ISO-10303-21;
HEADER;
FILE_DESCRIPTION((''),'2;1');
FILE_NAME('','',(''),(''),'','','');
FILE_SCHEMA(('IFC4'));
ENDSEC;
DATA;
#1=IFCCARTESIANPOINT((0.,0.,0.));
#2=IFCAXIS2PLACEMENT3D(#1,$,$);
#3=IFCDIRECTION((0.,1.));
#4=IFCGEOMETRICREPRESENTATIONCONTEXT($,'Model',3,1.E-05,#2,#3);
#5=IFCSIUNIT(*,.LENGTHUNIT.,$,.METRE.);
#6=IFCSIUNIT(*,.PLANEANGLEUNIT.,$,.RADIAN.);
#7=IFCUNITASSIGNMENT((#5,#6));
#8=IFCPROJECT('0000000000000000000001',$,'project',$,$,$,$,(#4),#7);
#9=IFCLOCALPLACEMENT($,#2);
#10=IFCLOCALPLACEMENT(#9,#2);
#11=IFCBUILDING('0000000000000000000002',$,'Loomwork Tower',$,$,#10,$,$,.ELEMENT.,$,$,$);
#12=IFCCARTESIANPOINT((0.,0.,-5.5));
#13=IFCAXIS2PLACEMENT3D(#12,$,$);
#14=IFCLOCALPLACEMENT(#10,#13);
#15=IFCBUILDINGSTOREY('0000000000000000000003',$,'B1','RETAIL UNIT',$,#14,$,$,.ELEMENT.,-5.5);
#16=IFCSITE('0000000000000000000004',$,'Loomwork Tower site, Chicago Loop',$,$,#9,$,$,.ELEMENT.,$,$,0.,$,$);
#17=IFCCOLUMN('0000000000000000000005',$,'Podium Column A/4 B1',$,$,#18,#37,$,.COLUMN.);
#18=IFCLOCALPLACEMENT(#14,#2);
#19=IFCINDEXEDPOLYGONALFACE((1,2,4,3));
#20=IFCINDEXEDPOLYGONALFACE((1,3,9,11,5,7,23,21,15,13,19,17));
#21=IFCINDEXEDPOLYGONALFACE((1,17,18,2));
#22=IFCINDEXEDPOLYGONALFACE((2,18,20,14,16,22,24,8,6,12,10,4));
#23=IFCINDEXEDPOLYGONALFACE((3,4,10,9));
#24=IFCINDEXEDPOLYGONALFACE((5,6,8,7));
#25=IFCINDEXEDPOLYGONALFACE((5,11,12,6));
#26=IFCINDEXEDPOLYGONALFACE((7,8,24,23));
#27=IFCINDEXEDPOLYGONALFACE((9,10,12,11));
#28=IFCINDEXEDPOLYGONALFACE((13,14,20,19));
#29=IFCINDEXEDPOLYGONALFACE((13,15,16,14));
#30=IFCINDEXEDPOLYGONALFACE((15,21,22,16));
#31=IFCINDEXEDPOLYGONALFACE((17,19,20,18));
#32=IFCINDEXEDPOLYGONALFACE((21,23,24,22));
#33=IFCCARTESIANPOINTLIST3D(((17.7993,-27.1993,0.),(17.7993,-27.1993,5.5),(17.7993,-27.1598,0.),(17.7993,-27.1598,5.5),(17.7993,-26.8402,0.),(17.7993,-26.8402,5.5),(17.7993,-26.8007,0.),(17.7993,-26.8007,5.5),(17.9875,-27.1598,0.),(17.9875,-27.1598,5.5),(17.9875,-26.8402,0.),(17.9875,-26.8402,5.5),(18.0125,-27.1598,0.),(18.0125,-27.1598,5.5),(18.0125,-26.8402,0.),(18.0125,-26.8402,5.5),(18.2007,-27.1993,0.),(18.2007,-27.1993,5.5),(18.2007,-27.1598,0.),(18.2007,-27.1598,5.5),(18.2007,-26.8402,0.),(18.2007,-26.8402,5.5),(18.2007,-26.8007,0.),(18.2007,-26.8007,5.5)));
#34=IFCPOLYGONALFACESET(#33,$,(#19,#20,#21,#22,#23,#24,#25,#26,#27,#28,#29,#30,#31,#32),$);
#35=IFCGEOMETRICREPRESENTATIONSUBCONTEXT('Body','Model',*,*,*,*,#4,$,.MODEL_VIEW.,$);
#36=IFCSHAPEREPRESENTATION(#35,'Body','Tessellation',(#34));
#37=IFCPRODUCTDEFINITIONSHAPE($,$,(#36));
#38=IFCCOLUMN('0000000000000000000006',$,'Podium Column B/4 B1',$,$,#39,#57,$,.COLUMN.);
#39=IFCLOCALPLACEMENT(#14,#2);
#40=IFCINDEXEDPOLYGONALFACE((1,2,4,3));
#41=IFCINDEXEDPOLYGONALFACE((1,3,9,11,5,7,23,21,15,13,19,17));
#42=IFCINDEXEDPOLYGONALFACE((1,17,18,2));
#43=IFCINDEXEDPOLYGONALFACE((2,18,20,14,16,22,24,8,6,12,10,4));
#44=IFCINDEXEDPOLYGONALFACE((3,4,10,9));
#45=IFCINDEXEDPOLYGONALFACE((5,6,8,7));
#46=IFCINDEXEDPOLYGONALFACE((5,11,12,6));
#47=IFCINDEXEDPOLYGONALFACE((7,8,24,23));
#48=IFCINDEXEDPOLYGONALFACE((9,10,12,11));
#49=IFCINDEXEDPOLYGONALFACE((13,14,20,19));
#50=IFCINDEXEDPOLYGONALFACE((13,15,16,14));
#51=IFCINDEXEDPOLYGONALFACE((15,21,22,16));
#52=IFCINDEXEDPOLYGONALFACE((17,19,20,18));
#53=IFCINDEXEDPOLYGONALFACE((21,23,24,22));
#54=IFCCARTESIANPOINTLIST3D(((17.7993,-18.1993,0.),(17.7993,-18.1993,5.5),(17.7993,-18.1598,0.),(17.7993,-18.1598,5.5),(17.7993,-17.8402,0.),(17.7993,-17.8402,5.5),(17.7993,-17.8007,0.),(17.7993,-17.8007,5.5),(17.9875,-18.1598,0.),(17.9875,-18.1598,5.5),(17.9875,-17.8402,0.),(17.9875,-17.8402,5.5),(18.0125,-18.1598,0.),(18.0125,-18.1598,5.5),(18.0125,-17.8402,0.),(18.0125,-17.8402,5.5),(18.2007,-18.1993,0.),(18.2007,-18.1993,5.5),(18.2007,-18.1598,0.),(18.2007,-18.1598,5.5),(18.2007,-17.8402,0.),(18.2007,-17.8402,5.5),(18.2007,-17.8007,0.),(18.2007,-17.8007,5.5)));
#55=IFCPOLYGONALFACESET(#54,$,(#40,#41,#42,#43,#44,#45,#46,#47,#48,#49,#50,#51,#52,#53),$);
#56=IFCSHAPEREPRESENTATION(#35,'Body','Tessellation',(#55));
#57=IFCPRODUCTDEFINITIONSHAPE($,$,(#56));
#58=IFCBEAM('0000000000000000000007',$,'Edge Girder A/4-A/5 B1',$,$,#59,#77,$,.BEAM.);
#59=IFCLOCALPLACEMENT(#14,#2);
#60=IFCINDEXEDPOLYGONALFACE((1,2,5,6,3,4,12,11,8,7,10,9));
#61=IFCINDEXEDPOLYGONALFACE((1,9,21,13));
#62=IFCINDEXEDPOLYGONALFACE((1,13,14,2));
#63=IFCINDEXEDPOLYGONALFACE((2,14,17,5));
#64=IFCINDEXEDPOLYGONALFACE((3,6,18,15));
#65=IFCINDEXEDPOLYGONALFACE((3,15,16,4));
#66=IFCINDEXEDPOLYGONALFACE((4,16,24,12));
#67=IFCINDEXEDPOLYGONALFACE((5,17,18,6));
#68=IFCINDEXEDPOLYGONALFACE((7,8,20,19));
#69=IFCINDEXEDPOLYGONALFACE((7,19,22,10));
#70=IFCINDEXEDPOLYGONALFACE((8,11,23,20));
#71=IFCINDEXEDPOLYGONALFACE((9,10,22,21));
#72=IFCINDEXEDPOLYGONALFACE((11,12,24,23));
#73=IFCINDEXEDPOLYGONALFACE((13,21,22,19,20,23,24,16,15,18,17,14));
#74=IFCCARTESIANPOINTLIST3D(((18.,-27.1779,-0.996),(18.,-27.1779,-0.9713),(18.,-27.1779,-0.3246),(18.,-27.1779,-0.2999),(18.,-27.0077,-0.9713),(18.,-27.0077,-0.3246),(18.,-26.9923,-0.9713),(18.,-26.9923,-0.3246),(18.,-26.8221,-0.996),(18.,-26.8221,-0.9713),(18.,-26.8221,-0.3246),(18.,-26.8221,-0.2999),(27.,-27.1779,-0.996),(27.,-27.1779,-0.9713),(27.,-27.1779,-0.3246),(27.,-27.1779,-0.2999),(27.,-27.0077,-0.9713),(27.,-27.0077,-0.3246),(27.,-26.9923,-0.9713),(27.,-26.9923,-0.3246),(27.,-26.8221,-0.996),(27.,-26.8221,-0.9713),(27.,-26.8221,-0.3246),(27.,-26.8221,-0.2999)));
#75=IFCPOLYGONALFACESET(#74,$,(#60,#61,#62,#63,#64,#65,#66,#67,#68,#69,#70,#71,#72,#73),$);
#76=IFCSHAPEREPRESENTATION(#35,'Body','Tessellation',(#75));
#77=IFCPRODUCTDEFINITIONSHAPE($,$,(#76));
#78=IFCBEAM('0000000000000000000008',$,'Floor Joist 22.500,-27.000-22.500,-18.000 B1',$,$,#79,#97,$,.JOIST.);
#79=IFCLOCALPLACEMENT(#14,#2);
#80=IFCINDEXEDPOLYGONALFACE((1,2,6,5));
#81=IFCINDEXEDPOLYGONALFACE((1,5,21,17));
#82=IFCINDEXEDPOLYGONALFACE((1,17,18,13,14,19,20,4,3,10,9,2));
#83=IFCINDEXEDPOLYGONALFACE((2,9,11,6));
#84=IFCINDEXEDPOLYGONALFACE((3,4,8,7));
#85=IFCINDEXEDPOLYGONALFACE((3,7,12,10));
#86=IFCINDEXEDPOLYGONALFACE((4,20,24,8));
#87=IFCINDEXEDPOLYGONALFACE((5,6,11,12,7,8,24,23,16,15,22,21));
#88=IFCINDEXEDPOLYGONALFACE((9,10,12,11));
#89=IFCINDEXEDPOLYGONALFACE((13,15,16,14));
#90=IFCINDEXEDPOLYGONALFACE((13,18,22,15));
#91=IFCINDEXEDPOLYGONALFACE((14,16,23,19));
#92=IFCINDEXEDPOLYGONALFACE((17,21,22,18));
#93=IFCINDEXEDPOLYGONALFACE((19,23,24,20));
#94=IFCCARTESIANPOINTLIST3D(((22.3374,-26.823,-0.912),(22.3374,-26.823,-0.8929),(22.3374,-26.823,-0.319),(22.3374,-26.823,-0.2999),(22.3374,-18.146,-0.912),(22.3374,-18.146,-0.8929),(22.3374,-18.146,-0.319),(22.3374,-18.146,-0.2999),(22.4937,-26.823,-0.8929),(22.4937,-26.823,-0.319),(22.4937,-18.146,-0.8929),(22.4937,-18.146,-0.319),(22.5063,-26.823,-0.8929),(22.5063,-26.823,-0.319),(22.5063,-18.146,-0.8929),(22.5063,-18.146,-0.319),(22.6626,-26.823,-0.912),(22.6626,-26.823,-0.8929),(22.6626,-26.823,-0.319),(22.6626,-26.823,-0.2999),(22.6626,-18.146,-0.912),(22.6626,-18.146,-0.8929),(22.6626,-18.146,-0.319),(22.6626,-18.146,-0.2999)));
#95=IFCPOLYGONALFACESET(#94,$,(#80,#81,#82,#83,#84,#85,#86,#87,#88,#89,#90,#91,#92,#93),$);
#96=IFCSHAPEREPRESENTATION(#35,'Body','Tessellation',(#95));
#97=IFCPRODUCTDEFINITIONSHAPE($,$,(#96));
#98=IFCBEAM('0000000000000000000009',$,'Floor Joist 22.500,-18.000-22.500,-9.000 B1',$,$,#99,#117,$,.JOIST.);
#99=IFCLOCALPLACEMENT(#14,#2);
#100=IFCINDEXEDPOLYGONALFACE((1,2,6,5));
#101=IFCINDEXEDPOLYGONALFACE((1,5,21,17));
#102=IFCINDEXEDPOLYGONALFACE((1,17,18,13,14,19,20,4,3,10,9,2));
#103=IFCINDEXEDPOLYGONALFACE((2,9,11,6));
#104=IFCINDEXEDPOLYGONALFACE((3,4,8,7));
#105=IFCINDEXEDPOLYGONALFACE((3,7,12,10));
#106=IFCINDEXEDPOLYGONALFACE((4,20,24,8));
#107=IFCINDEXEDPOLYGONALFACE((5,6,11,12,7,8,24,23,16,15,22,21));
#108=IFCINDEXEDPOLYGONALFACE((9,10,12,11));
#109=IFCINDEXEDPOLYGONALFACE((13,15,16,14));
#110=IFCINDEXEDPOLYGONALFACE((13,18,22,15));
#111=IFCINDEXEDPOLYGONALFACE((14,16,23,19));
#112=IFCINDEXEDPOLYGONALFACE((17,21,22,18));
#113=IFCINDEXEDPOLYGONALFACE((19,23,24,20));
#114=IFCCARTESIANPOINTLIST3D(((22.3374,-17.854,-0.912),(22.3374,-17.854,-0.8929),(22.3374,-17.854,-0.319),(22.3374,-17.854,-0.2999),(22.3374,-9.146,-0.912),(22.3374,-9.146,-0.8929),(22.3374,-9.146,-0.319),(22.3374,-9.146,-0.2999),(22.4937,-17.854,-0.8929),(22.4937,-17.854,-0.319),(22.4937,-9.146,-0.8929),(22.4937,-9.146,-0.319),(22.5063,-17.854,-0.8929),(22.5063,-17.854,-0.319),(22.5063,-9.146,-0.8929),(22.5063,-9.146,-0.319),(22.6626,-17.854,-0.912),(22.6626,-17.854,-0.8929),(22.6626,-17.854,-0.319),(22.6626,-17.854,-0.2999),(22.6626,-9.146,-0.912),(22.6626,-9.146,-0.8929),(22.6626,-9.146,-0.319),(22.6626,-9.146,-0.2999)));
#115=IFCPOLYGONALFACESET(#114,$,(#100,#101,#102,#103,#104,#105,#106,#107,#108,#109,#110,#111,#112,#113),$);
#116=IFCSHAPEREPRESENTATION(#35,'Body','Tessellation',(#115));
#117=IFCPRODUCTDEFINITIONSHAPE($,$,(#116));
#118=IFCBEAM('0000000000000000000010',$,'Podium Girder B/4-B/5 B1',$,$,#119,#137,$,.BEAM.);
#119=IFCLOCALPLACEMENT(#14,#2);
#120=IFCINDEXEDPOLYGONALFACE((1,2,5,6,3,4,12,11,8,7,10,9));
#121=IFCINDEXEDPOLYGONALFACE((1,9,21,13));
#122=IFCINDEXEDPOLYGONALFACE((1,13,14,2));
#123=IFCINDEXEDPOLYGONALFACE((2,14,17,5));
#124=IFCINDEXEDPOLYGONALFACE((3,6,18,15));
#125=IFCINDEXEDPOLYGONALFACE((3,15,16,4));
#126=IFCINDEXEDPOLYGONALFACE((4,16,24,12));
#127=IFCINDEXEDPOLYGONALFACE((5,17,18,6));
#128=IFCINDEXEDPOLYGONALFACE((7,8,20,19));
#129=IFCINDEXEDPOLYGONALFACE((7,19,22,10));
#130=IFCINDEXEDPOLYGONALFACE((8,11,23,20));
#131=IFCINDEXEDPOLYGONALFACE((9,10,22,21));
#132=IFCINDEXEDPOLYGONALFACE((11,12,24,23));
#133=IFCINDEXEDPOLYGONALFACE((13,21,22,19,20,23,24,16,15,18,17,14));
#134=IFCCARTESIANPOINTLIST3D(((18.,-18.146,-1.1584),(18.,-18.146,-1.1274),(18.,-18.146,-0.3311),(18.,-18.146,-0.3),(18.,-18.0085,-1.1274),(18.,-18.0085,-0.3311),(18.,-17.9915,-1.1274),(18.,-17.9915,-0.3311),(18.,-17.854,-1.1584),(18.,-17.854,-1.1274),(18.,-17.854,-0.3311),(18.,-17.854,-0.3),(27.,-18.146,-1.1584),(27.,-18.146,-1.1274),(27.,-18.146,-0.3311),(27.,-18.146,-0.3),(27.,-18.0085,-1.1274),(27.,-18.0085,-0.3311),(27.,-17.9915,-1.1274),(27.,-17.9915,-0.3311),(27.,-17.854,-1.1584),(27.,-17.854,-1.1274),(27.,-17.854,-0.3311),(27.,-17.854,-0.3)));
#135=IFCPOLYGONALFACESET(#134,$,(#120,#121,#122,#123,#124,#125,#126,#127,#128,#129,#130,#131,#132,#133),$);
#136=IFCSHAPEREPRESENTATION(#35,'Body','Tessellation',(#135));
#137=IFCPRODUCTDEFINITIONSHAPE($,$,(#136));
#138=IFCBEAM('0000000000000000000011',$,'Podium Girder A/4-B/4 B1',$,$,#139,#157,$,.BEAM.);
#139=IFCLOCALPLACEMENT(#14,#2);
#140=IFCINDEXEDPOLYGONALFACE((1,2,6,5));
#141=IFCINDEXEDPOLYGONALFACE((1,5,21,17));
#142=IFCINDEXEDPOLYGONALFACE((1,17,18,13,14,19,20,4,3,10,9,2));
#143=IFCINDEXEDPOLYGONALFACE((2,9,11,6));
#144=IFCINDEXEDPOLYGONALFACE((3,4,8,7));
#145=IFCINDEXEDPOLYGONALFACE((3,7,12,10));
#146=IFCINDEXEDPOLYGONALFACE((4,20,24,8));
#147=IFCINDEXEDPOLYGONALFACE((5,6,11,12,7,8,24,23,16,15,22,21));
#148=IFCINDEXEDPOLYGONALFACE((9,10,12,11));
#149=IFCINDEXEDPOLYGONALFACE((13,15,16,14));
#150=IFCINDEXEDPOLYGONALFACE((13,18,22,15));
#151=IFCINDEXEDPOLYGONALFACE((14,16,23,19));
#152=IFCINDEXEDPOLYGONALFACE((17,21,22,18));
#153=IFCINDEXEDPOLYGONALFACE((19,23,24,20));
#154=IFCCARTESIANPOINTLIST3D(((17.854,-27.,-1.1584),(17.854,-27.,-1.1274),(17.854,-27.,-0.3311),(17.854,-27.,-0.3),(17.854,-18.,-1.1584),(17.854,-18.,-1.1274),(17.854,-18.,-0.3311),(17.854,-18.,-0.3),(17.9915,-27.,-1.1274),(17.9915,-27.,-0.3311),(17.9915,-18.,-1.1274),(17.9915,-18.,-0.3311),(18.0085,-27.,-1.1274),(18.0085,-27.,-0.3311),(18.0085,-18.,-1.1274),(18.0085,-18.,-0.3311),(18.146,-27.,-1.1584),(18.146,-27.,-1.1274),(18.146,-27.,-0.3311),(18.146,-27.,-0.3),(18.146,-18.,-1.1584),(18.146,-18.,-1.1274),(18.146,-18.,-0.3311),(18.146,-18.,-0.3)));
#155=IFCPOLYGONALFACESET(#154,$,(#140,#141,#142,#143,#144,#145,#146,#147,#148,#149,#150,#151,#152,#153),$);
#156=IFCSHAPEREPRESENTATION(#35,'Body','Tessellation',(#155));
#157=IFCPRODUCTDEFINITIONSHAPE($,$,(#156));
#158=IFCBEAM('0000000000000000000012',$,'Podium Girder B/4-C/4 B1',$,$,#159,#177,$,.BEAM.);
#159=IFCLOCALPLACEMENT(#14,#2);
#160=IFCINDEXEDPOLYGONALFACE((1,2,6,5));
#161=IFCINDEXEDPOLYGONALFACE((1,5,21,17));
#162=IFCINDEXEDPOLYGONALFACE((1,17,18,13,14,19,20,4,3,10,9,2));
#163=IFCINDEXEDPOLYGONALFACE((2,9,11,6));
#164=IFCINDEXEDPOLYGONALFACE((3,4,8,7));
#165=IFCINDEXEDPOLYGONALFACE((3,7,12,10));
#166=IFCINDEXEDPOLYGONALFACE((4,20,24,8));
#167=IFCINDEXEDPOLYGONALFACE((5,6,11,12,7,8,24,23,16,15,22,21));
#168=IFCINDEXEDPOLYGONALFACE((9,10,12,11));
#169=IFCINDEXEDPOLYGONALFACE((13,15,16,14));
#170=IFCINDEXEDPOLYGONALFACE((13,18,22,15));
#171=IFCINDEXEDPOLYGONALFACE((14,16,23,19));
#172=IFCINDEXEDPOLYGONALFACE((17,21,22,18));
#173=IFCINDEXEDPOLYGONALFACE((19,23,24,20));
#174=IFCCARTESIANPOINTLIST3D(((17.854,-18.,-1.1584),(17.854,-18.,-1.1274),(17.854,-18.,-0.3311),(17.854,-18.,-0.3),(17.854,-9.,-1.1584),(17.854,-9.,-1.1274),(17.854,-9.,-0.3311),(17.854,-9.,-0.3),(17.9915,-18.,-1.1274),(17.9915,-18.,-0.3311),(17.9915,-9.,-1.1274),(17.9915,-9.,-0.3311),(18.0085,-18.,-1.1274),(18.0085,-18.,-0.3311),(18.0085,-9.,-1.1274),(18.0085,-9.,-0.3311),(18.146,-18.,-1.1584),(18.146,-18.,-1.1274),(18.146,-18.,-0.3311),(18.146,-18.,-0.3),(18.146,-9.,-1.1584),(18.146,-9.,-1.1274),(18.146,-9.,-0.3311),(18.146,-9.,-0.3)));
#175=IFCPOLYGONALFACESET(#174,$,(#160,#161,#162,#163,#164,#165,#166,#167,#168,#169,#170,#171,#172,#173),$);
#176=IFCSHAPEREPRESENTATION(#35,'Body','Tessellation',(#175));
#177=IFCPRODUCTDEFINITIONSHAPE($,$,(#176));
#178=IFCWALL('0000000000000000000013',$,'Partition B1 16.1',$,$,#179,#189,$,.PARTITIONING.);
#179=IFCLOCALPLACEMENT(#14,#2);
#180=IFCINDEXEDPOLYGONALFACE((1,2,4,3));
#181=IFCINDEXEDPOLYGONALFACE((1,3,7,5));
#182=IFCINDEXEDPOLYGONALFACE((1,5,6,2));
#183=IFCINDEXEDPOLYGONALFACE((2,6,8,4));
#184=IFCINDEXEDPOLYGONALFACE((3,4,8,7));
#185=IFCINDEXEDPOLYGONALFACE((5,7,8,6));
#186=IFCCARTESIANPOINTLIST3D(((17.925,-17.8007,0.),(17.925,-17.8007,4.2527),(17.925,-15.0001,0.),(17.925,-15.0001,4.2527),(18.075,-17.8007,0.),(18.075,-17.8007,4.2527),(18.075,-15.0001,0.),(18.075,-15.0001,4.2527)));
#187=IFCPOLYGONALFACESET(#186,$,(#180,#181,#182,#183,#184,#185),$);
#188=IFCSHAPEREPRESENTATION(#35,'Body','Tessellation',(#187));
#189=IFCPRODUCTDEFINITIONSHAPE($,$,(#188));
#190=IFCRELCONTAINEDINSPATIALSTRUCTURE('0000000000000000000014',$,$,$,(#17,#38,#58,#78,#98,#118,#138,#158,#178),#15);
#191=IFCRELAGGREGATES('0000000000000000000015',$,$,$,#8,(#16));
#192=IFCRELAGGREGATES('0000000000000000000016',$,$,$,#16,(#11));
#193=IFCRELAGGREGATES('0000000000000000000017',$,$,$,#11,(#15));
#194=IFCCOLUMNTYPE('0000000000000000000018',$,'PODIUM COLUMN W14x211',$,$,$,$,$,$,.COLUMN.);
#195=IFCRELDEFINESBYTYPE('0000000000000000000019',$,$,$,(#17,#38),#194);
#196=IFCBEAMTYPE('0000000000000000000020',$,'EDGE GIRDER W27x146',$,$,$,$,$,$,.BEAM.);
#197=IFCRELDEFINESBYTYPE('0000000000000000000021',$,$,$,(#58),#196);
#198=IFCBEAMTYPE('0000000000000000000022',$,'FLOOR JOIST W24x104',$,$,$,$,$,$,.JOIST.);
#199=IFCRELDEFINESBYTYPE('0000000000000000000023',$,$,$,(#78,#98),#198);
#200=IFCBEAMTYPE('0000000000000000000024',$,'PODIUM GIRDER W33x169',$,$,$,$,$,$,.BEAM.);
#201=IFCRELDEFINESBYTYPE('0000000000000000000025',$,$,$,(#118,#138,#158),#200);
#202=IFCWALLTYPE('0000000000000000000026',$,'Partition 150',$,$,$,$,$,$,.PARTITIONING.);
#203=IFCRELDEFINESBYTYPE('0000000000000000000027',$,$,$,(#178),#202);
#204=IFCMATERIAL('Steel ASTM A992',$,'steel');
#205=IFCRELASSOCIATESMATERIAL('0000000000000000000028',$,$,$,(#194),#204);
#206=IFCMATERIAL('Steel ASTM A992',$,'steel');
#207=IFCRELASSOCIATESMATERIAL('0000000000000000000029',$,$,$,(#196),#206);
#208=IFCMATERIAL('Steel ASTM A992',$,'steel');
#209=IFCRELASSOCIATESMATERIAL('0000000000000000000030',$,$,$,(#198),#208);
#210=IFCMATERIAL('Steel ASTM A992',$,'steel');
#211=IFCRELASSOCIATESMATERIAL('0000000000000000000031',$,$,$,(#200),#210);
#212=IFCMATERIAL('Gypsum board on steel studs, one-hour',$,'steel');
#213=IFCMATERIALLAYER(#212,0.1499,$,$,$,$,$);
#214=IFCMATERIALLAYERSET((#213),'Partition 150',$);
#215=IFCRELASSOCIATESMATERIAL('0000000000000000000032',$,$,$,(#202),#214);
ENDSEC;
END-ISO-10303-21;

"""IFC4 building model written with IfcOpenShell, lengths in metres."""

from ifc_helpers import new_model, si_unit, direction, frame, frame_2d, origin, origin_2d, place, context, subcontext, project, spatial, rectangle, i_section, extrude, material, layer, layer_set, material_profile, profile_set, type_object, element, save


model = new_model("IFC4")

# Units and contexts
model_context = context("Model", 3, precision=1e-05, world=origin(), true_north=direction((0.0, 1.0)))
body_context = subcontext(model_context, "Body", "Model", "MODEL_VIEW")
ifc_project = project(units=[si_unit("LENGTHUNIT", "METRE"), si_unit("PLANEANGLEUNIT", "RADIAN")], contexts=[model_context])

# Site, building, storey
site_placement = place(None, origin())
site = spatial("IfcSite", under=ifc_project, at=site_placement, Name="Loomwork Tower site, Chicago Loop", CompositionType="ELEMENT", RefElevation=0.0)
building_placement = place(site_placement, origin())
building = spatial("IfcBuilding", under=site, at=building_placement, Name="Loomwork Tower", CompositionType="ELEMENT")
storey_placement = place(building_placement, frame((0.0, 0.0, -5.5)))
storey = spatial("IfcBuildingStorey", under=building, at=storey_placement, Name="B1", Description="RETAIL UNIT", CompositionType="ELEMENT", Elevation=-5.5)

# Columns
ifc_material_1 = material(Name="Steel ASTM A992", Category="steel")
ifc_material_profile_1 = material_profile(ifc_material_1, i_section(OverallWidth=0.4014, OverallDepth=0.3987, WebThickness=0.0249, FlangeThickness=0.0396, at=origin_2d()), Name="W14x211")
ifc_profile_set_1 = profile_set([ifc_material_profile_1], Name="Steel ASTM A992")
column_type = type_object("IfcColumnType", Name="PODIUM COLUMN W14x211", PredefinedType="COLUMN", material=ifc_profile_set_1)
for number, where, z_axis, x_axis, name in (
    (1, (18.0, -27.0, 0.0), (0.0, 0.0, 1.0), (1.0, 0.0, 0.0), "Podium Column A/4 B1"),
    (2, (18.0, -18.0, 0.0), (0.0, 0.0, 1.0), (1.0, 0.0, 0.0), "Podium Column B/4 B1"),
):
    element("IfcColumn", number, at=place(storey_placement, frame(where, z_axis=z_axis, x_axis=x_axis)), inside=storey, type_object=column_type, Name=name, PredefinedType="COLUMN", context=body_context, shape_type="SweptSolid", body=[
        extrude(i_section(OverallWidth=0.4014, OverallDepth=0.3987, WebThickness=0.0249, FlangeThickness=0.0396, at=origin_2d()), origin(), (0.0, 0.0, 1.0), 5.5),
    ])

# Beams
ifc_material_2 = material(Name="Steel ASTM A992", Category="steel")
ifc_material_profile_2 = material_profile(ifc_material_2, i_section(OverallWidth=0.3557, OverallDepth=0.696, WebThickness=0.0154, FlangeThickness=0.0247, at=origin_2d()), Name="W27x146")
ifc_profile_set_2 = profile_set([ifc_material_profile_2], Name="Steel ASTM A992")
beam_type_1 = type_object("IfcBeamType", Name="EDGE GIRDER W27x146", PredefinedType="BEAM", material=ifc_profile_set_2)
beam_1_placement = place(storey_placement, frame((18.0, -27.0, -0.6479), z_axis=(1.0, 0.0, 0.0), x_axis=(0.0, 1.0, 0.0)))
element("IfcBeam", 3, at=beam_1_placement, inside=storey, type_object=beam_type_1, Name="Edge Girder A/4-A/5 B1", PredefinedType="BEAM", context=body_context, shape_type="SweptSolid", body=[
    extrude(i_section(OverallWidth=0.3557, OverallDepth=0.696, WebThickness=0.0154, FlangeThickness=0.0247, at=origin_2d()), origin(), (0.0, 0.0, 1.0), 9.0),
])
ifc_material_3 = material(Name="Steel ASTM A992", Category="steel")
ifc_material_profile_3 = material_profile(ifc_material_3, i_section(OverallWidth=0.3252, OverallDepth=0.6121, WebThickness=0.0127, FlangeThickness=0.019, at=origin_2d()), Name="W24x104")
ifc_profile_set_3 = profile_set([ifc_material_profile_3], Name="Steel ASTM A992")
beam_type_2 = type_object("IfcBeamType", Name="FLOOR JOIST W24x104", PredefinedType="JOIST", material=ifc_profile_set_3)
beam_2_placement = place(storey_placement, frame((22.5, -26.823, -0.606), z_axis=(0.0, 1.0, 0.0), x_axis=(-1.0, 0.0, 0.0)))
element("IfcBeam", 4, at=beam_2_placement, inside=storey, type_object=beam_type_2, Name="Floor Joist 22.500,-27.000-22.500,-18.000 B1", PredefinedType="JOIST", context=body_context, shape_type="SweptSolid", body=[
    extrude(i_section(OverallWidth=0.3252, OverallDepth=0.6121, WebThickness=0.0127, FlangeThickness=0.019, at=origin_2d()), origin(), (0.0, 0.0, 1.0), 8.677),
])
beam_3_placement = place(storey_placement, frame((22.5, -17.854, -0.606), z_axis=(0.0, 1.0, 0.0), x_axis=(-1.0, 0.0, 0.0)))
element("IfcBeam", 5, at=beam_3_placement, inside=storey, type_object=beam_type_2, Name="Floor Joist 22.500,-18.000-22.500,-9.000 B1", PredefinedType="JOIST", context=body_context, shape_type="SweptSolid", body=[
    extrude(i_section(OverallWidth=0.3252, OverallDepth=0.6121, WebThickness=0.0127, FlangeThickness=0.019, at=origin_2d()), origin(), (0.0, 0.0, 1.0), 8.708),
])
ifc_material_4 = material(Name="Steel ASTM A992", Category="steel")
ifc_material_profile_4 = material_profile(ifc_material_4, i_section(OverallWidth=0.292, OverallDepth=0.8584, WebThickness=0.0171, FlangeThickness=0.031, at=origin_2d()), Name="W33x169")
ifc_profile_set_4 = profile_set([ifc_material_profile_4], Name="Steel ASTM A992")
beam_type_3 = type_object("IfcBeamType", Name="PODIUM GIRDER W33x169", PredefinedType="BEAM", material=ifc_profile_set_4)
for number, where, z_axis, x_axis, name in (
    (6, (18.0, -18.0, -0.7292), (1.0, 0.0, 0.0), (0.0, 1.0, 0.0), "Podium Girder B/4-B/5 B1"),
    (7, (18.0, -27.0, -0.7292), (0.0, 1.0, 0.0), (-1.0, 0.0, 0.0), "Podium Girder A/4-B/4 B1"),
    (8, (18.0, -18.0, -0.7292), (0.0, 1.0, 0.0), (-1.0, 0.0, 0.0), "Podium Girder B/4-C/4 B1"),
):
    element("IfcBeam", number, at=place(storey_placement, frame(where, z_axis=z_axis, x_axis=x_axis)), inside=storey, type_object=beam_type_3, Name=name, PredefinedType="BEAM", context=body_context, shape_type="SweptSolid", body=[
        extrude(i_section(OverallWidth=0.292, OverallDepth=0.8584, WebThickness=0.0171, FlangeThickness=0.031, at=origin_2d()), origin(), (0.0, 0.0, 1.0), 9.0),
    ])

# Wall
ifc_material_5 = material(Name="Gypsum board on steel studs, one-hour", Category="steel")
ifc_layer_1 = layer(ifc_material_5, 0.1499)
ifc_layer_set_1 = layer_set([ifc_layer_1], Name="Partition 150")
wall_type = type_object("IfcWallType", Name="Partition 150", PredefinedType="PARTITIONING", material=ifc_layer_set_1)
wall_1_placement = place(storey_placement, frame((18.0, -15.0, 0.0), z_axis=(0.0, 0.0, 1.0), x_axis=(0.0, -1.0, 0.0)))
element("IfcWall", 9, at=wall_1_placement, inside=storey, type_object=wall_type, Name="Partition B1 16.1", PredefinedType="PARTITIONING", context=body_context, shape_type="SweptSolid", body=[
    extrude(rectangle(XDim=2.8005, YDim=0.1499, at=frame_2d((1.4004, 0.0))), origin(), (0.0, 0.0, 1.0), 4.2527),
])

save(model, "model.ifc")
